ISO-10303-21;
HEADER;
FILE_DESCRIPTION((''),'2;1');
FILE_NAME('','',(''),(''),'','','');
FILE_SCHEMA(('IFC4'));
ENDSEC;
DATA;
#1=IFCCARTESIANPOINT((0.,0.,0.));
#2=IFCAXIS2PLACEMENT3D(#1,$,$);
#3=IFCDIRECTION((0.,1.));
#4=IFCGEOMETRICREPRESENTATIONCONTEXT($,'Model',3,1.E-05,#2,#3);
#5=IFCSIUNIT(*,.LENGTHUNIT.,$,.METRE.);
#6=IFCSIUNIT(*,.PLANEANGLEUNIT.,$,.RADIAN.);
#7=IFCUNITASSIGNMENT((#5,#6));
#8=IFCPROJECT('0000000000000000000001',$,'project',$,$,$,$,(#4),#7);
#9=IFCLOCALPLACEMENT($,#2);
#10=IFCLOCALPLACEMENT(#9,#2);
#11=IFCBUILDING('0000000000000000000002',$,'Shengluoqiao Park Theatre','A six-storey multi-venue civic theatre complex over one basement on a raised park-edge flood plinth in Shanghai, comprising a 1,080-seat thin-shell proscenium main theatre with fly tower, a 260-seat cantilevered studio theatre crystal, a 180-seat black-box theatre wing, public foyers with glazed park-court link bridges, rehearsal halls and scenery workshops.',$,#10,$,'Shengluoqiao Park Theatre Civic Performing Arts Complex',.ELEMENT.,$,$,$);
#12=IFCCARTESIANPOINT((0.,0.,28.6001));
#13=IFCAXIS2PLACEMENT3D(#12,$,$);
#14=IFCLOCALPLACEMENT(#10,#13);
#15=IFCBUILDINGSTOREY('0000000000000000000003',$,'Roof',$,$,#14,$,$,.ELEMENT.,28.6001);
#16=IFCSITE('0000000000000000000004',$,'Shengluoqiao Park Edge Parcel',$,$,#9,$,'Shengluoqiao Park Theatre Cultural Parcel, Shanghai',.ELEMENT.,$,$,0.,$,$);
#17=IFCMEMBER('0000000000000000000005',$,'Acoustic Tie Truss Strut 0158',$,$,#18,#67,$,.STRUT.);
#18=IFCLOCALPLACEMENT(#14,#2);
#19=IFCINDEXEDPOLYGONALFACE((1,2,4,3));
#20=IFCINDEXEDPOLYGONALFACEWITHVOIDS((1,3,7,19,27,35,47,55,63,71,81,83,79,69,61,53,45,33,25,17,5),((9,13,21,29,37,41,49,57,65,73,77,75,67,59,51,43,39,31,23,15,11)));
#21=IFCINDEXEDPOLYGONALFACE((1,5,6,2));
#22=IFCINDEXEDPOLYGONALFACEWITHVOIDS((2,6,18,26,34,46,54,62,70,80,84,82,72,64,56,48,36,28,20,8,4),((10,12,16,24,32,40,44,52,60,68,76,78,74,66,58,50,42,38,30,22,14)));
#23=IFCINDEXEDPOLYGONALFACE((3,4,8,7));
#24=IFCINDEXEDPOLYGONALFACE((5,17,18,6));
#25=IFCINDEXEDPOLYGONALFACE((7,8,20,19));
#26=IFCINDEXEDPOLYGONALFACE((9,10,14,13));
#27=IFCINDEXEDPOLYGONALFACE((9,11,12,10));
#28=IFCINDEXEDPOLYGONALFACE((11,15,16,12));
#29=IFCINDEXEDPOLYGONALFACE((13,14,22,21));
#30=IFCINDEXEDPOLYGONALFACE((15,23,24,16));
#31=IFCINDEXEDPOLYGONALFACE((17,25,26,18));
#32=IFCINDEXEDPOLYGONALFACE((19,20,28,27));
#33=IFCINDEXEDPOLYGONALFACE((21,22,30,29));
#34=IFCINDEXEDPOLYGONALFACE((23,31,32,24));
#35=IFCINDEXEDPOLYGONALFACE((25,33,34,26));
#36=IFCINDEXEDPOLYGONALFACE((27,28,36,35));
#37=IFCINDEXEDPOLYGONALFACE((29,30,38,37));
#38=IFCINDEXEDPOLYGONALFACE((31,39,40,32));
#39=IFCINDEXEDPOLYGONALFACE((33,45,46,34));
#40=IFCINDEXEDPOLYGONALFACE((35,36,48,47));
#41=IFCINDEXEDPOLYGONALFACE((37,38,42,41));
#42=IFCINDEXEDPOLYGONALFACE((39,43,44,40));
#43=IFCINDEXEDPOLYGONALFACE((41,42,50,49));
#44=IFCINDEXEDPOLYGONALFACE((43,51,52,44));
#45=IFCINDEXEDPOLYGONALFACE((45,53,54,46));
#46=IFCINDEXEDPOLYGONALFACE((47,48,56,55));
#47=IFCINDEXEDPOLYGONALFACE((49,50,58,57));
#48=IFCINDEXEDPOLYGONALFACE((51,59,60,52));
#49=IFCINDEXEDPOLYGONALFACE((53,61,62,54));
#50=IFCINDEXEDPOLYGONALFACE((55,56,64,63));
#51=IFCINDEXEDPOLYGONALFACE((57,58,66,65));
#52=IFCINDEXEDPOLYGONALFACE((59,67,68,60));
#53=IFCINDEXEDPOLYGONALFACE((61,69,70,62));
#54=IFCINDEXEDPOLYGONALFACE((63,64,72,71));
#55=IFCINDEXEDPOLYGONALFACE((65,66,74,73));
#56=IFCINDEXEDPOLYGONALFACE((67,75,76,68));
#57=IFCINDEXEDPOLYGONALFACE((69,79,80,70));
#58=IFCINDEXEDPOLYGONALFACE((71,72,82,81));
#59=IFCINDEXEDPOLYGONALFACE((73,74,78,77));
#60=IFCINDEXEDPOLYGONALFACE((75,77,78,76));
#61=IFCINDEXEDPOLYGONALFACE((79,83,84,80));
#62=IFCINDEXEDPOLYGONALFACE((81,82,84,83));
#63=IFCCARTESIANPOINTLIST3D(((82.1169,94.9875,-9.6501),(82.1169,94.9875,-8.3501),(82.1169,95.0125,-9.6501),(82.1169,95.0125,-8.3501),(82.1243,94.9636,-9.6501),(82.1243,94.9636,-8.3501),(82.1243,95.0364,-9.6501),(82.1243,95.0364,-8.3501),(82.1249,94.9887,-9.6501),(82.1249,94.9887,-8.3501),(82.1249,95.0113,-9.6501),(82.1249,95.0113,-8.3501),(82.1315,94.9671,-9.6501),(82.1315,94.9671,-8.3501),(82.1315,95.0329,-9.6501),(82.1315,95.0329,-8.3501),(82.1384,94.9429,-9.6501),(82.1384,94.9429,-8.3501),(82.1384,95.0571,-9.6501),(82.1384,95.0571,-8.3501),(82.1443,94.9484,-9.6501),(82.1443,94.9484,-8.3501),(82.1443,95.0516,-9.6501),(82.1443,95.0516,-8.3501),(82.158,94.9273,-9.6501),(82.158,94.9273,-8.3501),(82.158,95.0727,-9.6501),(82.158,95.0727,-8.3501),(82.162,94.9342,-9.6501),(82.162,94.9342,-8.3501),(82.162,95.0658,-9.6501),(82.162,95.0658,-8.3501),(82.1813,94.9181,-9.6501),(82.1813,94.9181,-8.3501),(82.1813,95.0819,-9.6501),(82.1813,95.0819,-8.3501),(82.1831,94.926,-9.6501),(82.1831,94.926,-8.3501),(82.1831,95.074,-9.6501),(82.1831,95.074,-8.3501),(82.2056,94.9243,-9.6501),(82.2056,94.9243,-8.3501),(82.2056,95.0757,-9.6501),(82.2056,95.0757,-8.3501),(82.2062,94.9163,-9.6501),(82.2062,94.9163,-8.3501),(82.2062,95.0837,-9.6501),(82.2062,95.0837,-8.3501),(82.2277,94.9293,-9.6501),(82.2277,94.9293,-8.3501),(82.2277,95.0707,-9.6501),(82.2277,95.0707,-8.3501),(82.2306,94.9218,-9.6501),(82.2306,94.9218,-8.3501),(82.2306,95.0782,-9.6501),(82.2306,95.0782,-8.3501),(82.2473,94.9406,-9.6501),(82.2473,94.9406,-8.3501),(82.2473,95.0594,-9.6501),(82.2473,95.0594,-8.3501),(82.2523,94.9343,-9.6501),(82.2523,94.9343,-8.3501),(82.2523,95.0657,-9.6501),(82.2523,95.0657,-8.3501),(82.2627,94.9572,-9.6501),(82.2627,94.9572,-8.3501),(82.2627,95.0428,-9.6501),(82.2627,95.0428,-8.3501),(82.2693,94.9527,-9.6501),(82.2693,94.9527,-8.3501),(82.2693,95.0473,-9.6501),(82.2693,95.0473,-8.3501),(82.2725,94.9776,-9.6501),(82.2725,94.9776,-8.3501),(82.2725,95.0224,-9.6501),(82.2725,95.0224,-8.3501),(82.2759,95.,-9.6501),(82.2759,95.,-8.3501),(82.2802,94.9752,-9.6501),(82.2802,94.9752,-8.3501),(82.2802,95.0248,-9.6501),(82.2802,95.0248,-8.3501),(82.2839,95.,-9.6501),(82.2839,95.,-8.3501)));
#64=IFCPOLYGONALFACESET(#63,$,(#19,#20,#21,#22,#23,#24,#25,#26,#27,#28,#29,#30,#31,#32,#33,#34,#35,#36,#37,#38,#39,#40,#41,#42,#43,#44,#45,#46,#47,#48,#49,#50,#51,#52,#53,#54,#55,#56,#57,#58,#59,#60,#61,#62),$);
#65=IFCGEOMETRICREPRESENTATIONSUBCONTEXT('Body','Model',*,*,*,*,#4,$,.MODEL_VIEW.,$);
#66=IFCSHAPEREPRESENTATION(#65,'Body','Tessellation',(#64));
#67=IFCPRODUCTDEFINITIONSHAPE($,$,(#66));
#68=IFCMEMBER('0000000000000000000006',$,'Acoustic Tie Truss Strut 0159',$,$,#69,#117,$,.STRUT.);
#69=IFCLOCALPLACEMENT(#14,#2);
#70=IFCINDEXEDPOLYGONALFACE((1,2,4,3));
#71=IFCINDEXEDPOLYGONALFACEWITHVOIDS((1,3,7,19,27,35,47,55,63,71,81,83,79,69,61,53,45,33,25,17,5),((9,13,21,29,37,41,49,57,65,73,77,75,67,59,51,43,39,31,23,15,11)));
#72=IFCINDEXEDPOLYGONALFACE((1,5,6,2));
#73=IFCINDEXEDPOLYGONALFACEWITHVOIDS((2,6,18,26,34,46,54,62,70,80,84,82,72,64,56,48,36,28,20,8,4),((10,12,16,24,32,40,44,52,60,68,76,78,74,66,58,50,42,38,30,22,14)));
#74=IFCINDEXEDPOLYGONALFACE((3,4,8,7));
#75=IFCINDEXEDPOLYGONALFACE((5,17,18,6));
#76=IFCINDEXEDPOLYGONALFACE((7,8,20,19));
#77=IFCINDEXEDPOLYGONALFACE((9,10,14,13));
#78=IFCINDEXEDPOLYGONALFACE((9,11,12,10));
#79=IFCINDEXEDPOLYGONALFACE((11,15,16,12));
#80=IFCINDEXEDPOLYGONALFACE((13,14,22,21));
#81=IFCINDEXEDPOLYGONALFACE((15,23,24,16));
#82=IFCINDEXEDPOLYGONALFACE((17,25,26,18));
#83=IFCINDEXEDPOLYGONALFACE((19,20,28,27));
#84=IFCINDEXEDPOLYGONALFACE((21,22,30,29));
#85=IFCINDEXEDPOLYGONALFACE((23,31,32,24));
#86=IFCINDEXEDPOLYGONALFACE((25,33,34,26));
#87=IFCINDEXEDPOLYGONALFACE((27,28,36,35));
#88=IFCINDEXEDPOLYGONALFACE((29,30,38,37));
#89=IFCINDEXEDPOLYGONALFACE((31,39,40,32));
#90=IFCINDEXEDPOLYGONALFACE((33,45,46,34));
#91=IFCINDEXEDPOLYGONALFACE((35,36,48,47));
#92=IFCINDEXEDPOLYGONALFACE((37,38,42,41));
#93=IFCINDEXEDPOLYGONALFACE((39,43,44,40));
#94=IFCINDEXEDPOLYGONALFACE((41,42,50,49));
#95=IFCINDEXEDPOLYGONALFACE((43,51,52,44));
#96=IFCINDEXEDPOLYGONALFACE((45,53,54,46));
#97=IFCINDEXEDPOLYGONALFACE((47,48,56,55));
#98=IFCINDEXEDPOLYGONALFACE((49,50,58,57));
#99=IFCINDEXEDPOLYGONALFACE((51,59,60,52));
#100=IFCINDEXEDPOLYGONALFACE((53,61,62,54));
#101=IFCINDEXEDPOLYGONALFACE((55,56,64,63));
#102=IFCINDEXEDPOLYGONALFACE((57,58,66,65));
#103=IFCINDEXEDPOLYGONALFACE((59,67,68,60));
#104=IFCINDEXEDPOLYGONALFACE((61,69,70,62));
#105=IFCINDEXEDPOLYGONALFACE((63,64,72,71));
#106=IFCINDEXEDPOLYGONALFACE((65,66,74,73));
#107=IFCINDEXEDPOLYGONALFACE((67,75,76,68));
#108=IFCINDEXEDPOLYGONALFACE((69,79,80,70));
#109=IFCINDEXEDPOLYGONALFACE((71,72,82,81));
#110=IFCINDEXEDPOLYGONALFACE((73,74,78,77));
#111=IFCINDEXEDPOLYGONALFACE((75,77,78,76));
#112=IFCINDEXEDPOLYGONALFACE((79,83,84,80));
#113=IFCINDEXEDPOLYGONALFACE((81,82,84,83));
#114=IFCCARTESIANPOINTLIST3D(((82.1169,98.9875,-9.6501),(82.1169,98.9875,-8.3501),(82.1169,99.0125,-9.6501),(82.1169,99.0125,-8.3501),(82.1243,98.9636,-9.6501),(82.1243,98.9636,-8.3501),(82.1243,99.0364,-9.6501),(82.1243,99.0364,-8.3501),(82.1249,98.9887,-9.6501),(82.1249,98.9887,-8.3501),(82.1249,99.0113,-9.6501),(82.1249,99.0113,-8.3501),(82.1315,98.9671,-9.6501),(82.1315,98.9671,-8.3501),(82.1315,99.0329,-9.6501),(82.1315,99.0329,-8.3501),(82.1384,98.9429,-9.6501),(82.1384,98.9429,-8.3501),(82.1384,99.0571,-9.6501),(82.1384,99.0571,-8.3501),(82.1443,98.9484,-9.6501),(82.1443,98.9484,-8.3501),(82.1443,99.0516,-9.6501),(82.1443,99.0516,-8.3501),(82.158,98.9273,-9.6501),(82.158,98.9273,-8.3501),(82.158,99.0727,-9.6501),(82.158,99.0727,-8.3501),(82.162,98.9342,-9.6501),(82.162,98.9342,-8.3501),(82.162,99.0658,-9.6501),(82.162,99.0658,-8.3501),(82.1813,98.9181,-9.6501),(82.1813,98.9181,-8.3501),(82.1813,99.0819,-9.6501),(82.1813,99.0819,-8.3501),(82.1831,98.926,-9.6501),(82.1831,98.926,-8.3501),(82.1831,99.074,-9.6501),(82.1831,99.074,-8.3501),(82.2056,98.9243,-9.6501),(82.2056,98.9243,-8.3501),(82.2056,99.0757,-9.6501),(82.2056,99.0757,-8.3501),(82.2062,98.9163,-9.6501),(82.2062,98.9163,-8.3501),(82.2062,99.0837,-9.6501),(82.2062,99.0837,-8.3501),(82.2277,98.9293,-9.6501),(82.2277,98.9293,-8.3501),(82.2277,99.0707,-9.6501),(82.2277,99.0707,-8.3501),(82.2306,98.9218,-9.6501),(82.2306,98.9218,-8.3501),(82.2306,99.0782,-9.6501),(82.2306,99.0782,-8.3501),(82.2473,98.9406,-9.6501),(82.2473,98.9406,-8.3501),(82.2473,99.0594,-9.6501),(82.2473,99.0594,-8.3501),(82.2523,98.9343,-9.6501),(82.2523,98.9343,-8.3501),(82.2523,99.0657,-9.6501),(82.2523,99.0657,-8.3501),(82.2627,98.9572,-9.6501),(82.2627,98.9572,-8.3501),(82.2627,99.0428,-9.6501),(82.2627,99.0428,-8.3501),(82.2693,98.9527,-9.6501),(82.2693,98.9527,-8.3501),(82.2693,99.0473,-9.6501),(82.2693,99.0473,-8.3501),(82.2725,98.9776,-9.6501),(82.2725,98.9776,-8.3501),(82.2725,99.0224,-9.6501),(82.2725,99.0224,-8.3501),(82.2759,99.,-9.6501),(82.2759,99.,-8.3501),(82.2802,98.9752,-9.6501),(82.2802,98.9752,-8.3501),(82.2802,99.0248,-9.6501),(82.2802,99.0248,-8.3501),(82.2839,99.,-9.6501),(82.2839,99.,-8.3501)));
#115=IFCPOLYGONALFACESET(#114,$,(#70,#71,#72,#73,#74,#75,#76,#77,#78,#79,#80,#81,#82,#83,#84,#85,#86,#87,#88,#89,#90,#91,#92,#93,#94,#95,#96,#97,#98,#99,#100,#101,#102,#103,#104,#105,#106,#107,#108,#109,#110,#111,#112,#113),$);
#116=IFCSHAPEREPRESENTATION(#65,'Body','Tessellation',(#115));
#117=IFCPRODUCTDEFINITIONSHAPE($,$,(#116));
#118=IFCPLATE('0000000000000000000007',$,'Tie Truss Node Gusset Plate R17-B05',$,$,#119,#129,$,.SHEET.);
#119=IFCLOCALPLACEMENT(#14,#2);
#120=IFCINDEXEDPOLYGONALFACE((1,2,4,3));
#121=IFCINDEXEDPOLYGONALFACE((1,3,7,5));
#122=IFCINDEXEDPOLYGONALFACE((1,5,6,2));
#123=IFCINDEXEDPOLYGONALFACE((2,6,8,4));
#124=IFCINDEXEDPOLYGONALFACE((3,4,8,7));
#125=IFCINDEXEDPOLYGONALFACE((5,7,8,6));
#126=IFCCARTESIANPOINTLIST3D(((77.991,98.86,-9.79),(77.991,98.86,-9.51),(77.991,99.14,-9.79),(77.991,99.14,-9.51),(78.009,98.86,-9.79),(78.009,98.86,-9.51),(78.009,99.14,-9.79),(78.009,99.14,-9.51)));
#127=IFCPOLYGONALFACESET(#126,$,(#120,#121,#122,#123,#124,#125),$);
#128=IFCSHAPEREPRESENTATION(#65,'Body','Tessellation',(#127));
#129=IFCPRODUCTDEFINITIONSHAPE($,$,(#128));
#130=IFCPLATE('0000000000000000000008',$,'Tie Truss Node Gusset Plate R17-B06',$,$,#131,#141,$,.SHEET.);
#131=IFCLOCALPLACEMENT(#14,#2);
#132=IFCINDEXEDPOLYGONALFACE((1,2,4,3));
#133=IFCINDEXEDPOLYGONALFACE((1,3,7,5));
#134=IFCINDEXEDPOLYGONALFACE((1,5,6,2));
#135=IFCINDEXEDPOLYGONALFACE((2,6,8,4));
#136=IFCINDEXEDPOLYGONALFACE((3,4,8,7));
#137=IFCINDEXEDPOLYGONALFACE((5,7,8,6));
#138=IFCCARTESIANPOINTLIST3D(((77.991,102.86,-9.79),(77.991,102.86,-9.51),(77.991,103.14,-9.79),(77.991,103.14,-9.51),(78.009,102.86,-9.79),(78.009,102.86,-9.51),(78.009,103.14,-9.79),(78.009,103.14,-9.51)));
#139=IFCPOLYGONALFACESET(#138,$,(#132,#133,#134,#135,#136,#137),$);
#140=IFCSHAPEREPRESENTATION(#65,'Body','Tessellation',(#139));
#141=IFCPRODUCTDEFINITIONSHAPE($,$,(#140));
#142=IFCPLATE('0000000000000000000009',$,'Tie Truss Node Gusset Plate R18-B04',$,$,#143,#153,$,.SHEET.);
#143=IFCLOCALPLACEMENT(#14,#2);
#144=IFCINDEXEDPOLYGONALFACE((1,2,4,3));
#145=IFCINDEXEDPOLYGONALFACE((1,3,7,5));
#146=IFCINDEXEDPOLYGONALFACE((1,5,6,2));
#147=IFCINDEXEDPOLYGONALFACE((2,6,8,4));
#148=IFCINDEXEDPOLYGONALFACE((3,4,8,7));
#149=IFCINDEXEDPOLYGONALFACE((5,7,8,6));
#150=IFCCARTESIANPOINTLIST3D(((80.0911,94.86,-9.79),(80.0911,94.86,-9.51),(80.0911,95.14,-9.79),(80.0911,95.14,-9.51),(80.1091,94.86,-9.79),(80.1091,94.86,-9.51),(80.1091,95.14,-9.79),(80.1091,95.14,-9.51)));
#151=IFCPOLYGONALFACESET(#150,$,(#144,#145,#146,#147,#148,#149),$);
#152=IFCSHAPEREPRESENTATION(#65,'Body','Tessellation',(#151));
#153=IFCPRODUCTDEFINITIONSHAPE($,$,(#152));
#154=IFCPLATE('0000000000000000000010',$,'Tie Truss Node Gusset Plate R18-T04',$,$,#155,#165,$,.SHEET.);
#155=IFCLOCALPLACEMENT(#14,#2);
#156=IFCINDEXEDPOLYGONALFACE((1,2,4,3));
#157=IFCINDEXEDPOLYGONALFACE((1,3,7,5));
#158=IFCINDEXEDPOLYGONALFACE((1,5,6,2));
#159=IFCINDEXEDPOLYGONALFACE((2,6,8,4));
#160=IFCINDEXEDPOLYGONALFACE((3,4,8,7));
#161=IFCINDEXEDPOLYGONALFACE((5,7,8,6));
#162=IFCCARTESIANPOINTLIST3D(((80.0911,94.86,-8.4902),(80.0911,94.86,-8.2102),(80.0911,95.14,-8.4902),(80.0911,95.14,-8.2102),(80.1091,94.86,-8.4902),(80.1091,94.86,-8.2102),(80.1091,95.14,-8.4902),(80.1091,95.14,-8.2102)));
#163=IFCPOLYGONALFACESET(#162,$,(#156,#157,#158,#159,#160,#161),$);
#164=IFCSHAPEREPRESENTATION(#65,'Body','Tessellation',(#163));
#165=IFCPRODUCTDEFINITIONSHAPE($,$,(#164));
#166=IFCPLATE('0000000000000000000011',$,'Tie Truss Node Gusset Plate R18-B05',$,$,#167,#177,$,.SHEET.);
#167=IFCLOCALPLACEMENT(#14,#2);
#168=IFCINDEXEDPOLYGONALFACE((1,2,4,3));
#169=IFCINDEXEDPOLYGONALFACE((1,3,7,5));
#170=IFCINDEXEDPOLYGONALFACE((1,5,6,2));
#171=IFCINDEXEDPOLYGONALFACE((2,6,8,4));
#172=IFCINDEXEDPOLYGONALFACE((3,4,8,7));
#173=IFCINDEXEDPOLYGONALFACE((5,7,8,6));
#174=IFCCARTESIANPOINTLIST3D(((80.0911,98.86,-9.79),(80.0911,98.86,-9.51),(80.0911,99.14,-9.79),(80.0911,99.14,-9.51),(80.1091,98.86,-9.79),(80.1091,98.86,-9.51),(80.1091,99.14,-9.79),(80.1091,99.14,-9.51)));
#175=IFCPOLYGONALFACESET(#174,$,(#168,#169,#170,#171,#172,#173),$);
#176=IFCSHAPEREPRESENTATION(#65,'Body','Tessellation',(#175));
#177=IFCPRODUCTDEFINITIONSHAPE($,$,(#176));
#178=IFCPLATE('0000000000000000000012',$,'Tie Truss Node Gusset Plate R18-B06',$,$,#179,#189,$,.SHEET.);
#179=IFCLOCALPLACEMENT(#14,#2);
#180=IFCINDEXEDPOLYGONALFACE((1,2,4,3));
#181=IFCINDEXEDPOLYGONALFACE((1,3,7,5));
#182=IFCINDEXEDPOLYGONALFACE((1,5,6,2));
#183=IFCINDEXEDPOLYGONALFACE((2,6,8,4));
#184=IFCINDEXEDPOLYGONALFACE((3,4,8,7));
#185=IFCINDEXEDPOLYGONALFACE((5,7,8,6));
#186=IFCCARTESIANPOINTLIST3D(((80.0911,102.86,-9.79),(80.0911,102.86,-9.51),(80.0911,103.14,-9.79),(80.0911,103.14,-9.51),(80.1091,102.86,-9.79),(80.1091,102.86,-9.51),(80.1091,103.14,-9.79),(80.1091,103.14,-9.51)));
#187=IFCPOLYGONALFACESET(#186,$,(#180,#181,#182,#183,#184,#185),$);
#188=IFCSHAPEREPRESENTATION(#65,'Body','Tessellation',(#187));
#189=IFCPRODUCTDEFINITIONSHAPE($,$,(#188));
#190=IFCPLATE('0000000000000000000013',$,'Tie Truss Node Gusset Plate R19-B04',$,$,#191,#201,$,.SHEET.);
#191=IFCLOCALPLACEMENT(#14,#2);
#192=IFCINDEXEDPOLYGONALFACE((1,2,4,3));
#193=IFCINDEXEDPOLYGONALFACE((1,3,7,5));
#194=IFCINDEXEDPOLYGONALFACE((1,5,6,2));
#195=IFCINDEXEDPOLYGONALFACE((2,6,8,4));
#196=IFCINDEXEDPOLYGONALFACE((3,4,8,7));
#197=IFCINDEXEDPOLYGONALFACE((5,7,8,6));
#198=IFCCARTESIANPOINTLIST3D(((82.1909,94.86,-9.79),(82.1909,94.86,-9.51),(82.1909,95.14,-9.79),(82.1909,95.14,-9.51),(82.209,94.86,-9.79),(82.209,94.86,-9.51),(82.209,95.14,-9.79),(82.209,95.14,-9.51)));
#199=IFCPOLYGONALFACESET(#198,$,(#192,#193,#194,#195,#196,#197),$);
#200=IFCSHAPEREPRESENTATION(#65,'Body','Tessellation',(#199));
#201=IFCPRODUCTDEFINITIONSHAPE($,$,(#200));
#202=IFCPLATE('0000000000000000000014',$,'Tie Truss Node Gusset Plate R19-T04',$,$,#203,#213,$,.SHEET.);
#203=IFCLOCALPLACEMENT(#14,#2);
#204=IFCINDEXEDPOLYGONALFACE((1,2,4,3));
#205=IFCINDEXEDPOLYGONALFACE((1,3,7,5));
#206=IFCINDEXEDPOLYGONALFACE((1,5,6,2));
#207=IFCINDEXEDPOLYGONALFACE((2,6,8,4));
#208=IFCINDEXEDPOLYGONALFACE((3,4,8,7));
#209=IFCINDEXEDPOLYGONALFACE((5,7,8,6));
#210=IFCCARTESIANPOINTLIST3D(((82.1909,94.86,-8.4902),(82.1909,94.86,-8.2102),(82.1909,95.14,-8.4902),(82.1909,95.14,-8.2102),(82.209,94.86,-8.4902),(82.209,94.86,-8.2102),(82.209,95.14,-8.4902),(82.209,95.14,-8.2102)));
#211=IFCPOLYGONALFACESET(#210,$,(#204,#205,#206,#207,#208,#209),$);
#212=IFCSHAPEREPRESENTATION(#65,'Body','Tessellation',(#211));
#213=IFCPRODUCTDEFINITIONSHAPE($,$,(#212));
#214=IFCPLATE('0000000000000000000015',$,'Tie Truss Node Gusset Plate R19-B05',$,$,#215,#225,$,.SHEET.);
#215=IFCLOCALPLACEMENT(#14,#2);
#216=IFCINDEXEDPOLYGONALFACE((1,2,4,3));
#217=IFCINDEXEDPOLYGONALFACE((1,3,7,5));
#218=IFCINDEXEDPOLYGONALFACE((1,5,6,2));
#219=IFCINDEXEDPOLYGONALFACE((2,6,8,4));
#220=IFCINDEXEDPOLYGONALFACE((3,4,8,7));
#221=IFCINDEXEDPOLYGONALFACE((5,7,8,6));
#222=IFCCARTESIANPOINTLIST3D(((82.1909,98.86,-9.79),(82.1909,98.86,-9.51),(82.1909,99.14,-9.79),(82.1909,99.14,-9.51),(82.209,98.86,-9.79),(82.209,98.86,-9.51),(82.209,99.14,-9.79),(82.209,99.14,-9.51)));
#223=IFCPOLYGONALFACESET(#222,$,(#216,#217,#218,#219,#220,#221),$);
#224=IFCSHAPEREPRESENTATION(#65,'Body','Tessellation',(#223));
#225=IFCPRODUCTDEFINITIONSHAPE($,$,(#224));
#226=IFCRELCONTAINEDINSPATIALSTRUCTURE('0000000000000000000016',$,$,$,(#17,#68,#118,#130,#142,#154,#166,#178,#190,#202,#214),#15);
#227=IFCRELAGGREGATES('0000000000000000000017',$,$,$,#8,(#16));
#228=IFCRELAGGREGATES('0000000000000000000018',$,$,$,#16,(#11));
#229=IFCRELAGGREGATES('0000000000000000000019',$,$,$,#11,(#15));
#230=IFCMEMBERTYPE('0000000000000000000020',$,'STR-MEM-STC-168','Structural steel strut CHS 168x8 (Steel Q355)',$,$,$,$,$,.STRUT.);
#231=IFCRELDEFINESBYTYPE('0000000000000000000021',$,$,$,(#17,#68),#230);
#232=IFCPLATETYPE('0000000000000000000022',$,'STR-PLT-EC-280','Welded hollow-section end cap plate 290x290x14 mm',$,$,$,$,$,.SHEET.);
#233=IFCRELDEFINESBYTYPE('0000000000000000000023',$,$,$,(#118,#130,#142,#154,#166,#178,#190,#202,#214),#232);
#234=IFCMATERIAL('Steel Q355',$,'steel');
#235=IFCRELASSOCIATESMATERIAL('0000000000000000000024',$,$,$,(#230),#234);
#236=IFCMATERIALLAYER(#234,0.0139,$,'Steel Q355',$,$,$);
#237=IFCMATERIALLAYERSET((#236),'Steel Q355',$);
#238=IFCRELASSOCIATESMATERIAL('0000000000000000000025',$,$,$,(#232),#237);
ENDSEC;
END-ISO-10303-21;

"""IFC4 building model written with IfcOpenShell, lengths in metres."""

from ifc_helpers import new_model, si_unit, direction, frame, origin, origin_2d, place, context, subcontext, project, spatial, rectangle, hollow_circle, extrude, material, layer, layer_set, material_profile, profile_set, type_object, element, save


model = new_model("IFC4")

# Units and contexts
model_context = context("Model", 3, precision=1e-05, world=origin(), true_north=direction((0.0, 1.0)))
body_context = subcontext(model_context, "Body", "Model", "MODEL_VIEW")
ifc_project = project(units=[si_unit("LENGTHUNIT", "METRE"), si_unit("PLANEANGLEUNIT", "RADIAN")], contexts=[model_context])

# Site, building, storey
site_placement = place(None, origin())
site = spatial("IfcSite", under=ifc_project, at=site_placement, Name="Shengluoqiao Park Edge Parcel", LongName="Shengluoqiao Park Theatre Cultural Parcel, Shanghai", CompositionType="ELEMENT", RefElevation=0.0)
building_placement = place(site_placement, origin())
building = spatial("IfcBuilding", under=site, at=building_placement, Name="Shengluoqiao Park Theatre", Description="A six-storey multi-venue civic theatre complex over one basement on a raised park-edge flood plinth in Shanghai, comprising a 1,080-seat thin-shell proscenium main theatre with fly tower, a 260-seat cantilevered studio theatre crystal, a 180-seat black-box theatre wing, public foyers with glazed park-court link bridges, rehearsal halls and scenery workshops.", LongName="Shengluoqiao Park Theatre Civic Performing Arts Complex", CompositionType="ELEMENT")
storey_placement = place(building_placement, frame((0.0, 0.0, 28.6001)))
storey = spatial("IfcBuildingStorey", under=building, at=storey_placement, Name="Roof", CompositionType="ELEMENT", Elevation=28.6001)

# Shared definitions
ifc_material = material(Name="Steel Q355", Category="steel")

# Members
ifc_material_profile_1 = material_profile(ifc_material, hollow_circle(Radius=0.084, WallThickness=0.0081, at=origin_2d()), Name="CHS 168x8")
ifc_profile_set_1 = profile_set([ifc_material_profile_1], Name="Steel Q355")
member_type_1 = type_object("IfcMemberType", Name="STR-MEM-STC-168", Description="Structural steel strut CHS 168x8 (Steel Q355)", PredefinedType="STRUT", material=ifc_profile_set_1)
for number, where, z_axis, x_axis, name in (
    (1, (82.2, 95.0, -9.6501), (0.0, 0.0, 1.0), (1.0, 0.0, 0.0), "Acoustic Tie Truss Strut 0158"),
    (2, (82.2, 99.0, -9.6501), (0.0, 0.0, 1.0), (1.0, 0.0, 0.0), "Acoustic Tie Truss Strut 0159"),
):
    element("IfcMember", number, at=place(storey_placement, frame(where, z_axis=z_axis, x_axis=x_axis)), inside=storey, type_object=member_type_1, Name=name, PredefinedType="STRUT", context=body_context, shape_type="SweptSolid", body=[
        extrude(hollow_circle(Radius=0.084, WallThickness=0.0081, at=origin_2d()), origin(), (0.0, 0.0, 1.0), 1.3),
    ])

# Plates
ifc_layer = layer(ifc_material, 0.0139, Name="Steel Q355")
ifc_layer_set = layer_set([ifc_layer], Name="Steel Q355")
plate_type = type_object("IfcPlateType", Name="STR-PLT-EC-280", Description="Welded hollow-section end cap plate 290x290x14 mm", PredefinedType="SHEET", material=ifc_layer_set)
for number, where, z_axis, x_axis, name in (
    (3, (78.0, 99.0, -9.79), (0.0, 0.0, 1.0), (1.0, 0.0, 0.0), "Tie Truss Node Gusset Plate R17-B05"),
    (4, (78.0, 103.0, -9.79), (0.0, 0.0, 1.0), (1.0, 0.0, 0.0), "Tie Truss Node Gusset Plate R17-B06"),
    (5, (80.1001, 95.0, -9.79), (0.0, 0.0, 1.0), (1.0, 0.0, 0.0), "Tie Truss Node Gusset Plate R18-B04"),
    (6, (80.1001, 95.0, -8.4902), (0.0, 0.0, 1.0), (1.0, 0.0, 0.0), "Tie Truss Node Gusset Plate R18-T04"),
    (7, (80.1001, 99.0, -9.79), (0.0, 0.0, 1.0), (1.0, 0.0, 0.0), "Tie Truss Node Gusset Plate R18-B05"),
    (8, (80.1001, 103.0, -9.79), (0.0, 0.0, 1.0), (1.0, 0.0, 0.0), "Tie Truss Node Gusset Plate R18-B06"),
    (9, (82.2, 95.0, -9.79), (0.0, 0.0, 1.0), (1.0, 0.0, 0.0), "Tie Truss Node Gusset Plate R19-B04"),
    (10, (82.2, 95.0, -8.4902), (0.0, 0.0, 1.0), (1.0, 0.0, 0.0), "Tie Truss Node Gusset Plate R19-T04"),
    (11, (82.2, 99.0, -9.79), (0.0, 0.0, 1.0), (1.0, 0.0, 0.0), "Tie Truss Node Gusset Plate R19-B05"),
):
    element("IfcPlate", number, at=place(storey_placement, frame(where, z_axis=z_axis, x_axis=x_axis)), inside=storey, type_object=plate_type, Name=name, PredefinedType="SHEET", context=body_context, shape_type="SweptSolid", body=[
        extrude(rectangle(XDim=0.0181, YDim=0.28, at=origin_2d()), origin(), (0.0, 0.0, 1.0), 0.28),
    ])

save(model, "model.ifc")
